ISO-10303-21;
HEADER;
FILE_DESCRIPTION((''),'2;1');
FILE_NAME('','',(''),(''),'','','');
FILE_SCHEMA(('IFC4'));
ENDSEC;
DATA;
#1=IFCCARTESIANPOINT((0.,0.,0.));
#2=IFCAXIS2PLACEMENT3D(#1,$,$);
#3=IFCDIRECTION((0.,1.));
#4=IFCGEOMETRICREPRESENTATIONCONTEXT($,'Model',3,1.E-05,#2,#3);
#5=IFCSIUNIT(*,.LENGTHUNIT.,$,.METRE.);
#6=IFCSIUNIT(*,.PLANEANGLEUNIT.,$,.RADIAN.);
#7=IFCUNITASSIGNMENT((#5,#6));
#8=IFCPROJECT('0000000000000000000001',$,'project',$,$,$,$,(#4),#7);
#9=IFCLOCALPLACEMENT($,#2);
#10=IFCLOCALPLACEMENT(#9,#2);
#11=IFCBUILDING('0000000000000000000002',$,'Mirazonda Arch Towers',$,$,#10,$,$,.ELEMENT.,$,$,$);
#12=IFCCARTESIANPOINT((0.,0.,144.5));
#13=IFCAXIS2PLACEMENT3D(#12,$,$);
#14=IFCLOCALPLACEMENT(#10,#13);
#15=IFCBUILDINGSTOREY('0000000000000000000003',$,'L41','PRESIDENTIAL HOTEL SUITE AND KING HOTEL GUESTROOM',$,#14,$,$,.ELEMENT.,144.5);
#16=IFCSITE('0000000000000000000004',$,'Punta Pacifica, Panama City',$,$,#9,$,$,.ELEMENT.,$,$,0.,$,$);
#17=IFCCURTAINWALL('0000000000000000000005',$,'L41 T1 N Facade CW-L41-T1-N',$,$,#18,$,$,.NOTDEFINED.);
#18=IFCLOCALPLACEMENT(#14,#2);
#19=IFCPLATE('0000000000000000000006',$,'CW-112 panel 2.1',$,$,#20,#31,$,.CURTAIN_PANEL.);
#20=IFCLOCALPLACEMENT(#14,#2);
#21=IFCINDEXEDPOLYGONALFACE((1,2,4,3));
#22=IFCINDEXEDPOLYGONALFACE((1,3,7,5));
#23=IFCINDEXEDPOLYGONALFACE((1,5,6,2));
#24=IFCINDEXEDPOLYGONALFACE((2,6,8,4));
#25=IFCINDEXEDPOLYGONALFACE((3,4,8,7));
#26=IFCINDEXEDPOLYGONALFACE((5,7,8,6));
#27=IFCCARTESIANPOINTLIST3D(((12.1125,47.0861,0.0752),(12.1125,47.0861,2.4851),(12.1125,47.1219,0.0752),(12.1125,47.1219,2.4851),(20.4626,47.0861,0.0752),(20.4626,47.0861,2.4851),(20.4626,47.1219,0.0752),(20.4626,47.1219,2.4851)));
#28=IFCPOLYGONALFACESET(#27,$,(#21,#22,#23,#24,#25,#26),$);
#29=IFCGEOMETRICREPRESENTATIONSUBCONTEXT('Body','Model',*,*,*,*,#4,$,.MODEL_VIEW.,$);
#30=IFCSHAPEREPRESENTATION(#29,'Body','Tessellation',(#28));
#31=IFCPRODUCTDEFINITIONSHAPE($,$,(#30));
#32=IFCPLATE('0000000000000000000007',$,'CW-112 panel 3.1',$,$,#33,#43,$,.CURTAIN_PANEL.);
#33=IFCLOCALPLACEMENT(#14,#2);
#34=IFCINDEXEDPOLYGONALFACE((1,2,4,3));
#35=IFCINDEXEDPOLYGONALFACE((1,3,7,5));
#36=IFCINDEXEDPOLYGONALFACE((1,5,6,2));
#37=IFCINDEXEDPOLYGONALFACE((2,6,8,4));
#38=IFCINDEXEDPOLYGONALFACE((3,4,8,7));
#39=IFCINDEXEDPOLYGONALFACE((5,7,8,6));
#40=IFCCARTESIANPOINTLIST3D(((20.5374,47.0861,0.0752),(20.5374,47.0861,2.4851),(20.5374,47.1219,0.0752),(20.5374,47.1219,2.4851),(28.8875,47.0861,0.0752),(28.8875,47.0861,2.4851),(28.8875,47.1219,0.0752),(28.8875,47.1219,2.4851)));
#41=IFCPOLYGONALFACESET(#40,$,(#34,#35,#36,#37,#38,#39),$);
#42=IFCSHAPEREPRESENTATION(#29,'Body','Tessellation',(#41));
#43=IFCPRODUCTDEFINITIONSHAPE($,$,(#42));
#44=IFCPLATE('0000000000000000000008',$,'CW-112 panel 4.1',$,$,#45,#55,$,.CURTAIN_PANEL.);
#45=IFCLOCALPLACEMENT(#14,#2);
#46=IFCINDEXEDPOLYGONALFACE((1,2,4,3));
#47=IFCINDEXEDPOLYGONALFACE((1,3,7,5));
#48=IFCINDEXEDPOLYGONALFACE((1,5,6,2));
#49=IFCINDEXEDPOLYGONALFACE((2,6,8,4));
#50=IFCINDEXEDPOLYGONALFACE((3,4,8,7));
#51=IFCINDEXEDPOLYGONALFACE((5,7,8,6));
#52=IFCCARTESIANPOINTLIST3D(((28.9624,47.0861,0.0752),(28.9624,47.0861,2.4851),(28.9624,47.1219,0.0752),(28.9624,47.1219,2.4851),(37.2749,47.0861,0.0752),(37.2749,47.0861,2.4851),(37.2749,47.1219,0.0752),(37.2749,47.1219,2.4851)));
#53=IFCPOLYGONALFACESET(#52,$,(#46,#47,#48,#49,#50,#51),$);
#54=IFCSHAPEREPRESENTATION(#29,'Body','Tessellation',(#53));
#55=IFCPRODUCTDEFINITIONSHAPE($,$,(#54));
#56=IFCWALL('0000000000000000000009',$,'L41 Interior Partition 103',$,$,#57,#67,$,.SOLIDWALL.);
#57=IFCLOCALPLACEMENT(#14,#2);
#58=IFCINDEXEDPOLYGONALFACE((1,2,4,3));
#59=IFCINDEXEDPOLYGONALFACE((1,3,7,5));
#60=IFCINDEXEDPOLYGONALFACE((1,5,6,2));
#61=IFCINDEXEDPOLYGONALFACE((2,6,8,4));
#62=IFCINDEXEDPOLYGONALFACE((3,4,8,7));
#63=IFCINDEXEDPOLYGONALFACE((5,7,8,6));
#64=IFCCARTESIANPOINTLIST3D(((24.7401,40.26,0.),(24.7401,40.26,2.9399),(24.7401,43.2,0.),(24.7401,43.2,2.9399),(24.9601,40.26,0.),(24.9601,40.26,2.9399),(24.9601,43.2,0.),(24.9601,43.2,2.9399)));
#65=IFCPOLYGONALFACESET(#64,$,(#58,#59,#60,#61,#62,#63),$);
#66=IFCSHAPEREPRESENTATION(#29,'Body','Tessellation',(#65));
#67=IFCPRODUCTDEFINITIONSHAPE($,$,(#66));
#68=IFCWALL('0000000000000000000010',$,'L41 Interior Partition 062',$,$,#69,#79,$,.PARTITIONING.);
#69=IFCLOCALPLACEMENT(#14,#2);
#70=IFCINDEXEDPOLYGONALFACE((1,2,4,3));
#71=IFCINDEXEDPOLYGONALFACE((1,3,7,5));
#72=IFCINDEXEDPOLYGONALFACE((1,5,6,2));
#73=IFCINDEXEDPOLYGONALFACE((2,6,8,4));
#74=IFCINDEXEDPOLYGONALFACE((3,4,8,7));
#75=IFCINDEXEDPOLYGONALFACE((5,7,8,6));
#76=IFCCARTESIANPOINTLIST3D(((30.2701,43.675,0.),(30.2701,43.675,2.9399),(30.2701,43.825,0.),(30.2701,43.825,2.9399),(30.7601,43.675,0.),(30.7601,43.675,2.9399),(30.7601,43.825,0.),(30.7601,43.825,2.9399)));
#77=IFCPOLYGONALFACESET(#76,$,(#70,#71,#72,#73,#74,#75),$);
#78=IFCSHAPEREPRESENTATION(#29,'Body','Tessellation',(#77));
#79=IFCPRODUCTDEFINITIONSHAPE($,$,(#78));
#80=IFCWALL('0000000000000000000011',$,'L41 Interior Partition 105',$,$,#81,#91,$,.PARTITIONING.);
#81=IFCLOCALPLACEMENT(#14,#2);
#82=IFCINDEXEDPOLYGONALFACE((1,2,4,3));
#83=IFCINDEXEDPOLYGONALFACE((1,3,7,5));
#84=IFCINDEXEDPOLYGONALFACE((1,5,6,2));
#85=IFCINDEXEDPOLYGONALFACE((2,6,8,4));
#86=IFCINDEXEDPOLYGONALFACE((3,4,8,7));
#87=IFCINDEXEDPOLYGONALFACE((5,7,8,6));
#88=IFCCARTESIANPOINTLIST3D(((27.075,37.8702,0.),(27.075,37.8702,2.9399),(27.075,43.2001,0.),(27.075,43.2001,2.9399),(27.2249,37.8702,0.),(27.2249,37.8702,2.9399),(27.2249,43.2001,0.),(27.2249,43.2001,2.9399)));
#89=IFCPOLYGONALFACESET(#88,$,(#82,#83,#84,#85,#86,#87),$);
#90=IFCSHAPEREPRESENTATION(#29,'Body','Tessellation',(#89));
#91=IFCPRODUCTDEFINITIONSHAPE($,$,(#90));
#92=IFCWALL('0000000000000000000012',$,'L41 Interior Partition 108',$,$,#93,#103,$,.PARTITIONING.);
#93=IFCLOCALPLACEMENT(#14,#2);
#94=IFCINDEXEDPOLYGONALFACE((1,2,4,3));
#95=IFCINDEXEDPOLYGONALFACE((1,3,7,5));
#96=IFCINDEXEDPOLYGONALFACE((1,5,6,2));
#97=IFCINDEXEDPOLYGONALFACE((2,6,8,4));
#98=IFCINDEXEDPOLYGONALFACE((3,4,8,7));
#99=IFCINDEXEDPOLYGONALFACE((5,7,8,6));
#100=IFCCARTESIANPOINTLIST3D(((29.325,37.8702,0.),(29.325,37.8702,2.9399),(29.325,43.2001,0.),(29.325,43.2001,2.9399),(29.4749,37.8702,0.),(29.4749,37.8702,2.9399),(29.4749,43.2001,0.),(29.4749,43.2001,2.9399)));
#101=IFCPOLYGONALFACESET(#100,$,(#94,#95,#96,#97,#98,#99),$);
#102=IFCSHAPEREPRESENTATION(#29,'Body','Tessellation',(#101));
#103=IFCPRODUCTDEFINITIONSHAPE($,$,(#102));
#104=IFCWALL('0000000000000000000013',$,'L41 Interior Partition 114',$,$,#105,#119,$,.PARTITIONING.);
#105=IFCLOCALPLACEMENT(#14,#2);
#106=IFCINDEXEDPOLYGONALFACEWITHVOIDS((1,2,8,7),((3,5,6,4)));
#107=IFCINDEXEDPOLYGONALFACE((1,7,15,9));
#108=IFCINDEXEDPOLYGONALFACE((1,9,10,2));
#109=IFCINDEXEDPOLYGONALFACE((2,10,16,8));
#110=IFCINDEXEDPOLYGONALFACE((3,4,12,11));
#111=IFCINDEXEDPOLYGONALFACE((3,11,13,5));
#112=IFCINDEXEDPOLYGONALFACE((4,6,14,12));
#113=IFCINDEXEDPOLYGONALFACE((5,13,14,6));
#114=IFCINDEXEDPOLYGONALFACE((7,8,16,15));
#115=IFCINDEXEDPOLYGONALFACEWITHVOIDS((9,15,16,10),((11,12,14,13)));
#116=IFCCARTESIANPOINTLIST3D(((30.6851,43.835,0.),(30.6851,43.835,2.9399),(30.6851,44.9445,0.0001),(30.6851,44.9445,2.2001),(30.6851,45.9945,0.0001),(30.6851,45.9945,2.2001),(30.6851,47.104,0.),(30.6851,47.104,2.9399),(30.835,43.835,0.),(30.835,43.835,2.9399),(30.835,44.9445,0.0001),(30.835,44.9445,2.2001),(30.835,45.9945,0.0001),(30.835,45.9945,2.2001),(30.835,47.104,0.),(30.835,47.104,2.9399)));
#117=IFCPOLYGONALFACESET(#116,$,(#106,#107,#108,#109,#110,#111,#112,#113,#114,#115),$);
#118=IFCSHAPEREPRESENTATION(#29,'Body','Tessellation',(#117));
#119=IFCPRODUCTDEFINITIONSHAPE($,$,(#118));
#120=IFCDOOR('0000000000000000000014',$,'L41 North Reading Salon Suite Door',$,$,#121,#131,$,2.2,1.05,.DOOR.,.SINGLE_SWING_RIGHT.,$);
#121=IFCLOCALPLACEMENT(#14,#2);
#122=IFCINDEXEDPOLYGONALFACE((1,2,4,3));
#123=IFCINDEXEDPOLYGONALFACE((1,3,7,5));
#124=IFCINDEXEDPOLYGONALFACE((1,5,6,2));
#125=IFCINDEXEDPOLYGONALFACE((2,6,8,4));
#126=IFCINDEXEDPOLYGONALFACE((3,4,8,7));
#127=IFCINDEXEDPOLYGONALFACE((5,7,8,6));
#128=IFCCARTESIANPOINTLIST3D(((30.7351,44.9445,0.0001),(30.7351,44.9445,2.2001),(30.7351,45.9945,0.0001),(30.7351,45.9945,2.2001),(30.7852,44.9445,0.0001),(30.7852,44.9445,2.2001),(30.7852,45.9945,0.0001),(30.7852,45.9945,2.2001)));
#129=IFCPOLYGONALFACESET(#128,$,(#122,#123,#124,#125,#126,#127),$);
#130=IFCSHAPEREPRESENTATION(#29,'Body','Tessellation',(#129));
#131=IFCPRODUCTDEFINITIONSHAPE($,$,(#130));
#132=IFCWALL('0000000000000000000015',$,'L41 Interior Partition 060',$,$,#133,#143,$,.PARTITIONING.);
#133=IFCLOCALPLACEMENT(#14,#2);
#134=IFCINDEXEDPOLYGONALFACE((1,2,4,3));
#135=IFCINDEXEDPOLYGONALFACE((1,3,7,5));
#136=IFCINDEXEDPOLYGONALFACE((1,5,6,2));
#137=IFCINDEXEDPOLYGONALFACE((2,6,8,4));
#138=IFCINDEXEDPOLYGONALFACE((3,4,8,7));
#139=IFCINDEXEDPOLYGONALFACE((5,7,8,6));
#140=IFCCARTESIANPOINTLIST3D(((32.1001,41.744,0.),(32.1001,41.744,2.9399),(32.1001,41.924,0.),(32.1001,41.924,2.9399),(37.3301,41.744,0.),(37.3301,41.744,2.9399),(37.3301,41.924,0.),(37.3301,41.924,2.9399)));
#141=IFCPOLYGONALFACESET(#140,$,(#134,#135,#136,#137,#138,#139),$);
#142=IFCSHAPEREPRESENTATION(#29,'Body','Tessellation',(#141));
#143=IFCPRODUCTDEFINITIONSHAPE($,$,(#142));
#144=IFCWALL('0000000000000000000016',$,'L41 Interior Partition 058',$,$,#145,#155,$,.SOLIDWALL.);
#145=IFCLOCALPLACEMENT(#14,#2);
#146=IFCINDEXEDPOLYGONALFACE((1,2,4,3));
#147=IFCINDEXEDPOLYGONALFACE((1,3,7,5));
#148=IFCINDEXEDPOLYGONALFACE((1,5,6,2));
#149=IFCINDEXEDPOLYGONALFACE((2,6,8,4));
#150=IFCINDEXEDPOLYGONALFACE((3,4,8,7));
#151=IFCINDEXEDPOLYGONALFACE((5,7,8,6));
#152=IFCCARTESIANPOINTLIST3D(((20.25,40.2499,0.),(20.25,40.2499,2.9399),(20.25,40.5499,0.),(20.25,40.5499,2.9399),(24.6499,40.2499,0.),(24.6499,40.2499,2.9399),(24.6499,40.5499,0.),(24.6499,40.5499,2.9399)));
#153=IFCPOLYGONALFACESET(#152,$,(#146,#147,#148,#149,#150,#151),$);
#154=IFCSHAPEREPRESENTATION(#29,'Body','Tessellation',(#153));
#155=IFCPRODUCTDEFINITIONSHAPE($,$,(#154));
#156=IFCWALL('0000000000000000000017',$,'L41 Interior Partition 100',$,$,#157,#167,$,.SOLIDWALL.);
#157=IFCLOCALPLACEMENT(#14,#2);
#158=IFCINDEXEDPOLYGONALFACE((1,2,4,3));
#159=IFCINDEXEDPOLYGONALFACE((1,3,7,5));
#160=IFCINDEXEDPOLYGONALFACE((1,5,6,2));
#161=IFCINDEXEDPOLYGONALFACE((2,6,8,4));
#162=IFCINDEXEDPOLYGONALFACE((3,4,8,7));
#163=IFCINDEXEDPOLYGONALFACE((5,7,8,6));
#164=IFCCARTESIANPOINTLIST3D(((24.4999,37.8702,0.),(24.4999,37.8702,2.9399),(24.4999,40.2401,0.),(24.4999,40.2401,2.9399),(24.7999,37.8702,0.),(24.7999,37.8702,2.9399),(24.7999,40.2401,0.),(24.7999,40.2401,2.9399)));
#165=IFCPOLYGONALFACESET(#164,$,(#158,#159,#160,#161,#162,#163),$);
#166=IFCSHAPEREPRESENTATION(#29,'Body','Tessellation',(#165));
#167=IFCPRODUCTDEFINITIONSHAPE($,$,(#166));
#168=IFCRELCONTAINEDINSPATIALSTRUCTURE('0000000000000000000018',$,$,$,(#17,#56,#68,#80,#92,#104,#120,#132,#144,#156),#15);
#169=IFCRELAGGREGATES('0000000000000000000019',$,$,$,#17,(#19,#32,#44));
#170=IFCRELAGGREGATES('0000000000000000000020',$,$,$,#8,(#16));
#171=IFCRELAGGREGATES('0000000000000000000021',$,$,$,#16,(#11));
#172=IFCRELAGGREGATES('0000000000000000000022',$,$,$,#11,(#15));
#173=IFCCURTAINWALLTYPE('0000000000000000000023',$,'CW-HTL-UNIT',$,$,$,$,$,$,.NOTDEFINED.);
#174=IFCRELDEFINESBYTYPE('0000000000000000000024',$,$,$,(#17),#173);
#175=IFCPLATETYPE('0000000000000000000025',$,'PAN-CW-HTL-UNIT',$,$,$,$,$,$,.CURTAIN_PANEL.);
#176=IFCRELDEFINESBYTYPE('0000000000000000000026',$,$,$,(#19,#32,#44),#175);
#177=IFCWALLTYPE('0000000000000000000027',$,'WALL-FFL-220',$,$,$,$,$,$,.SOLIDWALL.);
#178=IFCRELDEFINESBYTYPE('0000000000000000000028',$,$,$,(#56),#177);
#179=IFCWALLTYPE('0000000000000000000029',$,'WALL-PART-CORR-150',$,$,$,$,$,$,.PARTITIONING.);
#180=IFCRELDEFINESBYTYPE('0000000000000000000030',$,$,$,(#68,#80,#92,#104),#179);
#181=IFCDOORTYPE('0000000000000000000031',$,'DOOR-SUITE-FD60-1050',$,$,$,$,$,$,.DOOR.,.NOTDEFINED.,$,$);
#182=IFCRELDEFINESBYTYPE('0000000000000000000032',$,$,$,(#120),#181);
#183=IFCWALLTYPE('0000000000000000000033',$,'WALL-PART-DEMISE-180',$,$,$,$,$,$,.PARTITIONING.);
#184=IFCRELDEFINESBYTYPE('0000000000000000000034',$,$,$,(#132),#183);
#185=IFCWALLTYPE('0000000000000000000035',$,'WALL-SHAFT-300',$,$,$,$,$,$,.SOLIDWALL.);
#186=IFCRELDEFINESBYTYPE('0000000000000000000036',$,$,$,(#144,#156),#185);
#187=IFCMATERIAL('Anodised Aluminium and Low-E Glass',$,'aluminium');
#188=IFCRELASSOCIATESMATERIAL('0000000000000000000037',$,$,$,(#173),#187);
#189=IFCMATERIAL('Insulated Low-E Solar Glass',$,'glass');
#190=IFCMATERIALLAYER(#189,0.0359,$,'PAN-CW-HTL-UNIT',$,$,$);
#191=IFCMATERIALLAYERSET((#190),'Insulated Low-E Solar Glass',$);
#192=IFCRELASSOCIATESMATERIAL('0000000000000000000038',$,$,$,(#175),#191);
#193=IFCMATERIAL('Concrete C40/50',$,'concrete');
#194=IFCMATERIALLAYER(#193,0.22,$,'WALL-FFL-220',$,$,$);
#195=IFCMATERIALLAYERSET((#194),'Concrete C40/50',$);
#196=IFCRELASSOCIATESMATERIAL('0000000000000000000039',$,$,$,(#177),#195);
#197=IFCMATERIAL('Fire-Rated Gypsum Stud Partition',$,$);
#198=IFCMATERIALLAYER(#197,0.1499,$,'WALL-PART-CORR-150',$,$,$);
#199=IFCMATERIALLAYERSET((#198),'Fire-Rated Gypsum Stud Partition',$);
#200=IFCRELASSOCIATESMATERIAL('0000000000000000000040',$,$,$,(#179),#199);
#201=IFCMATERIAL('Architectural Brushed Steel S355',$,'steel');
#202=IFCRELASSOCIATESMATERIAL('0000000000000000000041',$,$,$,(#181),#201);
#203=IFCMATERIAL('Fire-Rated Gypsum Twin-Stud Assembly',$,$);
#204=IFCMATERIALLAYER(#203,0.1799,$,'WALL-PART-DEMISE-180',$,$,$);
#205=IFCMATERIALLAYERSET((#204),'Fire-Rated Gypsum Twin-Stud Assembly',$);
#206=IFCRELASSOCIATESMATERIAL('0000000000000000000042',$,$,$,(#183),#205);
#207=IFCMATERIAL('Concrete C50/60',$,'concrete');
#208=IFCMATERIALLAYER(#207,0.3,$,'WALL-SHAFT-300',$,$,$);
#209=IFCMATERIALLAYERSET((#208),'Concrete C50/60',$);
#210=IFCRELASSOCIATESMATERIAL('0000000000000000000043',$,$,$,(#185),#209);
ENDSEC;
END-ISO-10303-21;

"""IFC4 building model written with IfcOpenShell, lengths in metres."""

from ifc_helpers import new_model, si_unit, direction, frame, frame_2d, origin, origin_2d, place, context, subcontext, project, spatial, rectangle, extrude, material, layer, layer_set, type_object, element, fill, aggregate, save


model = new_model("IFC4")

# Units and contexts
model_context = context("Model", 3, precision=1e-05, world=origin(), true_north=direction((0.0, 1.0)))
body_context = subcontext(model_context, "Body", "Model", "MODEL_VIEW")
ifc_project = project(units=[si_unit("LENGTHUNIT", "METRE"), si_unit("PLANEANGLEUNIT", "RADIAN")], contexts=[model_context])

# Site, building, storey
site_placement = place(None, origin())
site = spatial("IfcSite", under=ifc_project, at=site_placement, Name="Punta Pacifica, Panama City", CompositionType="ELEMENT", RefElevation=0.0)
building_placement = place(site_placement, origin())
building = spatial("IfcBuilding", under=site, at=building_placement, Name="Mirazonda Arch Towers", CompositionType="ELEMENT")
storey_placement = place(building_placement, frame((0.0, 0.0, 144.5)))
storey = spatial("IfcBuildingStorey", under=building, at=storey_placement, Name="L41", Description="PRESIDENTIAL HOTEL SUITE AND KING HOTEL GUESTROOM", CompositionType="ELEMENT", Elevation=144.5)

# Shared definitions
ifc_material_1 = material(Name="Concrete C50/60", Category="concrete")

# Curtain wall, plates
ifc_material_2 = material(Name="Anodised Aluminium and Low-E Glass", Category="aluminium")
curtain_wall_type = type_object("IfcCurtainWallType", Name="CW-HTL-UNIT", PredefinedType="NOTDEFINED", material=ifc_material_2)
curtain_wall_placement = place(storey_placement, origin())
curtain_wall = element("IfcCurtainWall", 1, at=curtain_wall_placement, inside=storey, type_object=curtain_wall_type, Name="L41 T1 N Facade CW-L41-T1-N", PredefinedType="NOTDEFINED")
ifc_material_3 = material(Name="Insulated Low-E Solar Glass", Category="glass")
ifc_layer_1 = layer(ifc_material_3, 0.0359, Name="PAN-CW-HTL-UNIT")
ifc_layer_set_1 = layer_set([ifc_layer_1], Name="Insulated Low-E Solar Glass")
plate_type = type_object("IfcPlateType", Name="PAN-CW-HTL-UNIT", PredefinedType="CURTAIN_PANEL", material=ifc_layer_set_1)
plate_1_placement = place(storey_placement, frame((16.2876, 47.104, 0.0752), z_axis=(0.0, 0.0, 1.0), x_axis=(1.0, 0.0, 0.0)))
plate_1 = element("IfcPlate", 2, at=plate_1_placement, type_object=plate_type, Name="CW-112 panel 2.1", PredefinedType="CURTAIN_PANEL", context=body_context, shape_type="SweptSolid", body=[
    extrude(rectangle(XDim=8.3501, YDim=0.0359, at=origin_2d()), origin(), (0.0, 0.0, 1.0), 2.4099),
])
plate_2_placement = place(storey_placement, frame((24.7124, 47.104, 0.0752), z_axis=(0.0, 0.0, 1.0), x_axis=(1.0, 0.0, 0.0)))
plate_2 = element("IfcPlate", 3, at=plate_2_placement, type_object=plate_type, Name="CW-112 panel 3.1", PredefinedType="CURTAIN_PANEL", context=body_context, shape_type="SweptSolid", body=[
    extrude(rectangle(XDim=8.3501, YDim=0.0359, at=origin_2d()), origin(), (0.0, 0.0, 1.0), 2.4099),
])
plate_3_placement = place(storey_placement, frame((33.1187, 47.104, 0.0752), z_axis=(0.0, 0.0, 1.0), x_axis=(1.0, 0.0, 0.0)))
plate_3 = element("IfcPlate", 4, at=plate_3_placement, type_object=plate_type, Name="CW-112 panel 4.1", PredefinedType="CURTAIN_PANEL", context=body_context, shape_type="SweptSolid", body=[
    extrude(rectangle(XDim=8.3125, YDim=0.0359, at=origin_2d()), origin(), (0.0, 0.0, 1.0), 2.4099),
])
aggregate(curtain_wall, [plate_1, plate_2, plate_3])

# Walls
ifc_material_4 = material(Name="Concrete C40/50", Category="concrete")
ifc_layer_2 = layer(ifc_material_4, 0.22, Name="WALL-FFL-220")
ifc_layer_set_2 = layer_set([ifc_layer_2], Name="Concrete C40/50")
wall_type_1 = type_object("IfcWallType", Name="WALL-FFL-220", PredefinedType="SOLIDWALL", material=ifc_layer_set_2)
wall_1_placement = place(storey_placement, frame((24.8501, 40.26, 0.0), z_axis=(0.0, 0.0, 1.0), x_axis=(0.0, 1.0, 0.0)))
element("IfcWall", 5, at=wall_1_placement, inside=storey, type_object=wall_type_1, Name="L41 Interior Partition 103", PredefinedType="SOLIDWALL", context=body_context, shape_type="SweptSolid", body=[
    extrude(rectangle(XDim=2.9399, YDim=0.22, at=frame_2d((1.47, 0.0))), origin(), (0.0, 0.0, 1.0), 2.9399),
])
ifc_material_5 = material(Name="Fire-Rated Gypsum Stud Partition")
ifc_layer_3 = layer(ifc_material_5, 0.1499, Name="WALL-PART-CORR-150")
ifc_layer_set_3 = layer_set([ifc_layer_3], Name="Fire-Rated Gypsum Stud Partition")
wall_type_2 = type_object("IfcWallType", Name="WALL-PART-CORR-150", PredefinedType="PARTITIONING", material=ifc_layer_set_3)
wall_2_placement = place(storey_placement, frame((30.27, 43.75, 0.0), z_axis=(0.0, 0.0, 1.0), x_axis=(1.0, 0.0, 0.0)))
element("IfcWall", 6, at=wall_2_placement, inside=storey, type_object=wall_type_2, Name="L41 Interior Partition 062", PredefinedType="PARTITIONING", context=body_context, shape_type="SweptSolid", body=[
    extrude(rectangle(XDim=0.49, YDim=0.1499, at=frame_2d((0.2451, 0.0))), origin(), (0.0, 0.0, 1.0), 2.9399),
])
for number, where, z_axis, x_axis, name in (
    (7, (27.1499, 37.8701, 0.0), (0.0, 0.0, 1.0), (0.0, 1.0, 0.0), "L41 Interior Partition 105"),
    (8, (29.3999, 37.8701, 0.0), (0.0, 0.0, 1.0), (0.0, 1.0, 0.0), "L41 Interior Partition 108"),
):
    element("IfcWall", number, at=place(storey_placement, frame(where, z_axis=z_axis, x_axis=x_axis)), inside=storey, type_object=wall_type_2, Name=name, PredefinedType="PARTITIONING", context=body_context, shape_type="SweptSolid", body=[
        extrude(rectangle(XDim=5.3298, YDim=0.1499, at=frame_2d((2.665, 0.0))), origin(), (0.0, 0.0, 1.0), 2.9399),
    ])

# Wall, opening, door
wall_3_placement = place(storey_placement, frame((30.76, 43.835, 0.0), z_axis=(0.0, 0.0, 1.0), x_axis=(0.0, 1.0, 0.0)))
wall_3 = element("IfcWall", 9, at=wall_3_placement, inside=storey, type_object=wall_type_2, Name="L41 Interior Partition 114", PredefinedType="PARTITIONING", context=body_context, shape_type="SweptSolid", body=[
    extrude(rectangle(XDim=3.269, YDim=0.1499, at=frame_2d((1.6345, 0.0))), origin(), (0.0, 0.0, 1.0), 2.9399),
])
opening_1_placement = place(wall_3_placement, frame((1.1096, 0.0, 0.0)))
opening_1 = element("IfcOpeningElement", 10, at=opening_1_placement, cuts=wall_3, PredefinedType="OPENING", context=body_context, shape_type="SweptSolid", body=[
    extrude(rectangle(XDim=1.05, YDim=2.2, at=frame_2d((0.5249, 1.1001))), frame((0.0, 0.085, 0.0), z_axis=(0.0, -1.0, 0.0), x_axis=(1.0, 0.0, 0.0)), (0.0, 0.0, 1.0), 0.1699),
])
ifc_material_6 = material(Name="Architectural Brushed Steel S355", Category="steel")
door_type_1 = type_object("IfcDoorType", Name="DOOR-SUITE-FD60-1050", OperationType="NOTDEFINED", PredefinedType="DOOR", material=ifc_material_6)
door_1_placement = place(opening_1_placement, origin())
door_1 = element("IfcDoor", 11, at=door_1_placement, inside=storey, type_object=door_type_1, Name="L41 North Reading Salon Suite Door", OperationType="SINGLE_SWING_RIGHT", OverallHeight=2.2, OverallWidth=1.05, PredefinedType="DOOR", context=body_context, shape_type="SweptSolid", body=[
    extrude(rectangle(XDim=1.05, YDim=2.2, at=frame_2d((0.5249, 1.1001))), frame((0.0, 0.0249, 0.0), z_axis=(0.0, -1.0, 0.0), x_axis=(1.0, 0.0, 0.0)), (0.0, 0.0, 1.0), 0.05),
])
fill(opening_1, door_1)

# Wall
ifc_material_7 = material(Name="Fire-Rated Gypsum Twin-Stud Assembly")
ifc_layer_4 = layer(ifc_material_7, 0.1799, Name="WALL-PART-DEMISE-180")
ifc_layer_set_4 = layer_set([ifc_layer_4], Name="Fire-Rated Gypsum Twin-Stud Assembly")
wall_type_3 = type_object("IfcWallType", Name="WALL-PART-DEMISE-180", PredefinedType="PARTITIONING", material=ifc_layer_set_4)
wall_4_placement = place(storey_placement, frame((32.1001, 41.834, 0.0), z_axis=(0.0, 0.0, 1.0), x_axis=(1.0, 0.0, 0.0)))
element("IfcWall", 12, at=wall_4_placement, inside=storey, type_object=wall_type_3, Name="L41 Interior Partition 060", PredefinedType="PARTITIONING", context=body_context, shape_type="SweptSolid", body=[
    extrude(rectangle(XDim=5.23, YDim=0.1799, at=frame_2d((2.615, 0.0))), origin(), (0.0, 0.0, 1.0), 2.9399),
])

# Walls
ifc_layer_5 = layer(ifc_material_1, 0.3, Name="WALL-SHAFT-300")
ifc_layer_set_5 = layer_set([ifc_layer_5], Name="Concrete C50/60")
wall_type_4 = type_object("IfcWallType", Name="WALL-SHAFT-300", PredefinedType="SOLIDWALL", material=ifc_layer_set_5)
wall_5_placement = place(storey_placement, frame((20.25, 40.3999, 0.0), z_axis=(0.0, 0.0, 1.0), x_axis=(1.0, 0.0, 0.0)))
element("IfcWall", 13, at=wall_5_placement, inside=storey, type_object=wall_type_4, Name="L41 Interior Partition 058", PredefinedType="SOLIDWALL", context=body_context, shape_type="SweptSolid", body=[
    extrude(rectangle(XDim=4.3999, YDim=0.3, at=frame_2d((2.2, 0.0))), origin(), (0.0, 0.0, 1.0), 2.9399),
])
wall_6_placement = place(storey_placement, frame((24.6499, 37.8701, 0.0), z_axis=(0.0, 0.0, 1.0), x_axis=(0.0, 1.0, 0.0)))
element("IfcWall", 14, at=wall_6_placement, inside=storey, type_object=wall_type_4, Name="L41 Interior Partition 100", PredefinedType="SOLIDWALL", context=body_context, shape_type="SweptSolid", body=[
    extrude(rectangle(XDim=2.3699, YDim=0.3, at=frame_2d((1.1851, 0.0))), origin(), (0.0, 0.0, 1.0), 2.9399),
])

save(model, "model.ifc")
